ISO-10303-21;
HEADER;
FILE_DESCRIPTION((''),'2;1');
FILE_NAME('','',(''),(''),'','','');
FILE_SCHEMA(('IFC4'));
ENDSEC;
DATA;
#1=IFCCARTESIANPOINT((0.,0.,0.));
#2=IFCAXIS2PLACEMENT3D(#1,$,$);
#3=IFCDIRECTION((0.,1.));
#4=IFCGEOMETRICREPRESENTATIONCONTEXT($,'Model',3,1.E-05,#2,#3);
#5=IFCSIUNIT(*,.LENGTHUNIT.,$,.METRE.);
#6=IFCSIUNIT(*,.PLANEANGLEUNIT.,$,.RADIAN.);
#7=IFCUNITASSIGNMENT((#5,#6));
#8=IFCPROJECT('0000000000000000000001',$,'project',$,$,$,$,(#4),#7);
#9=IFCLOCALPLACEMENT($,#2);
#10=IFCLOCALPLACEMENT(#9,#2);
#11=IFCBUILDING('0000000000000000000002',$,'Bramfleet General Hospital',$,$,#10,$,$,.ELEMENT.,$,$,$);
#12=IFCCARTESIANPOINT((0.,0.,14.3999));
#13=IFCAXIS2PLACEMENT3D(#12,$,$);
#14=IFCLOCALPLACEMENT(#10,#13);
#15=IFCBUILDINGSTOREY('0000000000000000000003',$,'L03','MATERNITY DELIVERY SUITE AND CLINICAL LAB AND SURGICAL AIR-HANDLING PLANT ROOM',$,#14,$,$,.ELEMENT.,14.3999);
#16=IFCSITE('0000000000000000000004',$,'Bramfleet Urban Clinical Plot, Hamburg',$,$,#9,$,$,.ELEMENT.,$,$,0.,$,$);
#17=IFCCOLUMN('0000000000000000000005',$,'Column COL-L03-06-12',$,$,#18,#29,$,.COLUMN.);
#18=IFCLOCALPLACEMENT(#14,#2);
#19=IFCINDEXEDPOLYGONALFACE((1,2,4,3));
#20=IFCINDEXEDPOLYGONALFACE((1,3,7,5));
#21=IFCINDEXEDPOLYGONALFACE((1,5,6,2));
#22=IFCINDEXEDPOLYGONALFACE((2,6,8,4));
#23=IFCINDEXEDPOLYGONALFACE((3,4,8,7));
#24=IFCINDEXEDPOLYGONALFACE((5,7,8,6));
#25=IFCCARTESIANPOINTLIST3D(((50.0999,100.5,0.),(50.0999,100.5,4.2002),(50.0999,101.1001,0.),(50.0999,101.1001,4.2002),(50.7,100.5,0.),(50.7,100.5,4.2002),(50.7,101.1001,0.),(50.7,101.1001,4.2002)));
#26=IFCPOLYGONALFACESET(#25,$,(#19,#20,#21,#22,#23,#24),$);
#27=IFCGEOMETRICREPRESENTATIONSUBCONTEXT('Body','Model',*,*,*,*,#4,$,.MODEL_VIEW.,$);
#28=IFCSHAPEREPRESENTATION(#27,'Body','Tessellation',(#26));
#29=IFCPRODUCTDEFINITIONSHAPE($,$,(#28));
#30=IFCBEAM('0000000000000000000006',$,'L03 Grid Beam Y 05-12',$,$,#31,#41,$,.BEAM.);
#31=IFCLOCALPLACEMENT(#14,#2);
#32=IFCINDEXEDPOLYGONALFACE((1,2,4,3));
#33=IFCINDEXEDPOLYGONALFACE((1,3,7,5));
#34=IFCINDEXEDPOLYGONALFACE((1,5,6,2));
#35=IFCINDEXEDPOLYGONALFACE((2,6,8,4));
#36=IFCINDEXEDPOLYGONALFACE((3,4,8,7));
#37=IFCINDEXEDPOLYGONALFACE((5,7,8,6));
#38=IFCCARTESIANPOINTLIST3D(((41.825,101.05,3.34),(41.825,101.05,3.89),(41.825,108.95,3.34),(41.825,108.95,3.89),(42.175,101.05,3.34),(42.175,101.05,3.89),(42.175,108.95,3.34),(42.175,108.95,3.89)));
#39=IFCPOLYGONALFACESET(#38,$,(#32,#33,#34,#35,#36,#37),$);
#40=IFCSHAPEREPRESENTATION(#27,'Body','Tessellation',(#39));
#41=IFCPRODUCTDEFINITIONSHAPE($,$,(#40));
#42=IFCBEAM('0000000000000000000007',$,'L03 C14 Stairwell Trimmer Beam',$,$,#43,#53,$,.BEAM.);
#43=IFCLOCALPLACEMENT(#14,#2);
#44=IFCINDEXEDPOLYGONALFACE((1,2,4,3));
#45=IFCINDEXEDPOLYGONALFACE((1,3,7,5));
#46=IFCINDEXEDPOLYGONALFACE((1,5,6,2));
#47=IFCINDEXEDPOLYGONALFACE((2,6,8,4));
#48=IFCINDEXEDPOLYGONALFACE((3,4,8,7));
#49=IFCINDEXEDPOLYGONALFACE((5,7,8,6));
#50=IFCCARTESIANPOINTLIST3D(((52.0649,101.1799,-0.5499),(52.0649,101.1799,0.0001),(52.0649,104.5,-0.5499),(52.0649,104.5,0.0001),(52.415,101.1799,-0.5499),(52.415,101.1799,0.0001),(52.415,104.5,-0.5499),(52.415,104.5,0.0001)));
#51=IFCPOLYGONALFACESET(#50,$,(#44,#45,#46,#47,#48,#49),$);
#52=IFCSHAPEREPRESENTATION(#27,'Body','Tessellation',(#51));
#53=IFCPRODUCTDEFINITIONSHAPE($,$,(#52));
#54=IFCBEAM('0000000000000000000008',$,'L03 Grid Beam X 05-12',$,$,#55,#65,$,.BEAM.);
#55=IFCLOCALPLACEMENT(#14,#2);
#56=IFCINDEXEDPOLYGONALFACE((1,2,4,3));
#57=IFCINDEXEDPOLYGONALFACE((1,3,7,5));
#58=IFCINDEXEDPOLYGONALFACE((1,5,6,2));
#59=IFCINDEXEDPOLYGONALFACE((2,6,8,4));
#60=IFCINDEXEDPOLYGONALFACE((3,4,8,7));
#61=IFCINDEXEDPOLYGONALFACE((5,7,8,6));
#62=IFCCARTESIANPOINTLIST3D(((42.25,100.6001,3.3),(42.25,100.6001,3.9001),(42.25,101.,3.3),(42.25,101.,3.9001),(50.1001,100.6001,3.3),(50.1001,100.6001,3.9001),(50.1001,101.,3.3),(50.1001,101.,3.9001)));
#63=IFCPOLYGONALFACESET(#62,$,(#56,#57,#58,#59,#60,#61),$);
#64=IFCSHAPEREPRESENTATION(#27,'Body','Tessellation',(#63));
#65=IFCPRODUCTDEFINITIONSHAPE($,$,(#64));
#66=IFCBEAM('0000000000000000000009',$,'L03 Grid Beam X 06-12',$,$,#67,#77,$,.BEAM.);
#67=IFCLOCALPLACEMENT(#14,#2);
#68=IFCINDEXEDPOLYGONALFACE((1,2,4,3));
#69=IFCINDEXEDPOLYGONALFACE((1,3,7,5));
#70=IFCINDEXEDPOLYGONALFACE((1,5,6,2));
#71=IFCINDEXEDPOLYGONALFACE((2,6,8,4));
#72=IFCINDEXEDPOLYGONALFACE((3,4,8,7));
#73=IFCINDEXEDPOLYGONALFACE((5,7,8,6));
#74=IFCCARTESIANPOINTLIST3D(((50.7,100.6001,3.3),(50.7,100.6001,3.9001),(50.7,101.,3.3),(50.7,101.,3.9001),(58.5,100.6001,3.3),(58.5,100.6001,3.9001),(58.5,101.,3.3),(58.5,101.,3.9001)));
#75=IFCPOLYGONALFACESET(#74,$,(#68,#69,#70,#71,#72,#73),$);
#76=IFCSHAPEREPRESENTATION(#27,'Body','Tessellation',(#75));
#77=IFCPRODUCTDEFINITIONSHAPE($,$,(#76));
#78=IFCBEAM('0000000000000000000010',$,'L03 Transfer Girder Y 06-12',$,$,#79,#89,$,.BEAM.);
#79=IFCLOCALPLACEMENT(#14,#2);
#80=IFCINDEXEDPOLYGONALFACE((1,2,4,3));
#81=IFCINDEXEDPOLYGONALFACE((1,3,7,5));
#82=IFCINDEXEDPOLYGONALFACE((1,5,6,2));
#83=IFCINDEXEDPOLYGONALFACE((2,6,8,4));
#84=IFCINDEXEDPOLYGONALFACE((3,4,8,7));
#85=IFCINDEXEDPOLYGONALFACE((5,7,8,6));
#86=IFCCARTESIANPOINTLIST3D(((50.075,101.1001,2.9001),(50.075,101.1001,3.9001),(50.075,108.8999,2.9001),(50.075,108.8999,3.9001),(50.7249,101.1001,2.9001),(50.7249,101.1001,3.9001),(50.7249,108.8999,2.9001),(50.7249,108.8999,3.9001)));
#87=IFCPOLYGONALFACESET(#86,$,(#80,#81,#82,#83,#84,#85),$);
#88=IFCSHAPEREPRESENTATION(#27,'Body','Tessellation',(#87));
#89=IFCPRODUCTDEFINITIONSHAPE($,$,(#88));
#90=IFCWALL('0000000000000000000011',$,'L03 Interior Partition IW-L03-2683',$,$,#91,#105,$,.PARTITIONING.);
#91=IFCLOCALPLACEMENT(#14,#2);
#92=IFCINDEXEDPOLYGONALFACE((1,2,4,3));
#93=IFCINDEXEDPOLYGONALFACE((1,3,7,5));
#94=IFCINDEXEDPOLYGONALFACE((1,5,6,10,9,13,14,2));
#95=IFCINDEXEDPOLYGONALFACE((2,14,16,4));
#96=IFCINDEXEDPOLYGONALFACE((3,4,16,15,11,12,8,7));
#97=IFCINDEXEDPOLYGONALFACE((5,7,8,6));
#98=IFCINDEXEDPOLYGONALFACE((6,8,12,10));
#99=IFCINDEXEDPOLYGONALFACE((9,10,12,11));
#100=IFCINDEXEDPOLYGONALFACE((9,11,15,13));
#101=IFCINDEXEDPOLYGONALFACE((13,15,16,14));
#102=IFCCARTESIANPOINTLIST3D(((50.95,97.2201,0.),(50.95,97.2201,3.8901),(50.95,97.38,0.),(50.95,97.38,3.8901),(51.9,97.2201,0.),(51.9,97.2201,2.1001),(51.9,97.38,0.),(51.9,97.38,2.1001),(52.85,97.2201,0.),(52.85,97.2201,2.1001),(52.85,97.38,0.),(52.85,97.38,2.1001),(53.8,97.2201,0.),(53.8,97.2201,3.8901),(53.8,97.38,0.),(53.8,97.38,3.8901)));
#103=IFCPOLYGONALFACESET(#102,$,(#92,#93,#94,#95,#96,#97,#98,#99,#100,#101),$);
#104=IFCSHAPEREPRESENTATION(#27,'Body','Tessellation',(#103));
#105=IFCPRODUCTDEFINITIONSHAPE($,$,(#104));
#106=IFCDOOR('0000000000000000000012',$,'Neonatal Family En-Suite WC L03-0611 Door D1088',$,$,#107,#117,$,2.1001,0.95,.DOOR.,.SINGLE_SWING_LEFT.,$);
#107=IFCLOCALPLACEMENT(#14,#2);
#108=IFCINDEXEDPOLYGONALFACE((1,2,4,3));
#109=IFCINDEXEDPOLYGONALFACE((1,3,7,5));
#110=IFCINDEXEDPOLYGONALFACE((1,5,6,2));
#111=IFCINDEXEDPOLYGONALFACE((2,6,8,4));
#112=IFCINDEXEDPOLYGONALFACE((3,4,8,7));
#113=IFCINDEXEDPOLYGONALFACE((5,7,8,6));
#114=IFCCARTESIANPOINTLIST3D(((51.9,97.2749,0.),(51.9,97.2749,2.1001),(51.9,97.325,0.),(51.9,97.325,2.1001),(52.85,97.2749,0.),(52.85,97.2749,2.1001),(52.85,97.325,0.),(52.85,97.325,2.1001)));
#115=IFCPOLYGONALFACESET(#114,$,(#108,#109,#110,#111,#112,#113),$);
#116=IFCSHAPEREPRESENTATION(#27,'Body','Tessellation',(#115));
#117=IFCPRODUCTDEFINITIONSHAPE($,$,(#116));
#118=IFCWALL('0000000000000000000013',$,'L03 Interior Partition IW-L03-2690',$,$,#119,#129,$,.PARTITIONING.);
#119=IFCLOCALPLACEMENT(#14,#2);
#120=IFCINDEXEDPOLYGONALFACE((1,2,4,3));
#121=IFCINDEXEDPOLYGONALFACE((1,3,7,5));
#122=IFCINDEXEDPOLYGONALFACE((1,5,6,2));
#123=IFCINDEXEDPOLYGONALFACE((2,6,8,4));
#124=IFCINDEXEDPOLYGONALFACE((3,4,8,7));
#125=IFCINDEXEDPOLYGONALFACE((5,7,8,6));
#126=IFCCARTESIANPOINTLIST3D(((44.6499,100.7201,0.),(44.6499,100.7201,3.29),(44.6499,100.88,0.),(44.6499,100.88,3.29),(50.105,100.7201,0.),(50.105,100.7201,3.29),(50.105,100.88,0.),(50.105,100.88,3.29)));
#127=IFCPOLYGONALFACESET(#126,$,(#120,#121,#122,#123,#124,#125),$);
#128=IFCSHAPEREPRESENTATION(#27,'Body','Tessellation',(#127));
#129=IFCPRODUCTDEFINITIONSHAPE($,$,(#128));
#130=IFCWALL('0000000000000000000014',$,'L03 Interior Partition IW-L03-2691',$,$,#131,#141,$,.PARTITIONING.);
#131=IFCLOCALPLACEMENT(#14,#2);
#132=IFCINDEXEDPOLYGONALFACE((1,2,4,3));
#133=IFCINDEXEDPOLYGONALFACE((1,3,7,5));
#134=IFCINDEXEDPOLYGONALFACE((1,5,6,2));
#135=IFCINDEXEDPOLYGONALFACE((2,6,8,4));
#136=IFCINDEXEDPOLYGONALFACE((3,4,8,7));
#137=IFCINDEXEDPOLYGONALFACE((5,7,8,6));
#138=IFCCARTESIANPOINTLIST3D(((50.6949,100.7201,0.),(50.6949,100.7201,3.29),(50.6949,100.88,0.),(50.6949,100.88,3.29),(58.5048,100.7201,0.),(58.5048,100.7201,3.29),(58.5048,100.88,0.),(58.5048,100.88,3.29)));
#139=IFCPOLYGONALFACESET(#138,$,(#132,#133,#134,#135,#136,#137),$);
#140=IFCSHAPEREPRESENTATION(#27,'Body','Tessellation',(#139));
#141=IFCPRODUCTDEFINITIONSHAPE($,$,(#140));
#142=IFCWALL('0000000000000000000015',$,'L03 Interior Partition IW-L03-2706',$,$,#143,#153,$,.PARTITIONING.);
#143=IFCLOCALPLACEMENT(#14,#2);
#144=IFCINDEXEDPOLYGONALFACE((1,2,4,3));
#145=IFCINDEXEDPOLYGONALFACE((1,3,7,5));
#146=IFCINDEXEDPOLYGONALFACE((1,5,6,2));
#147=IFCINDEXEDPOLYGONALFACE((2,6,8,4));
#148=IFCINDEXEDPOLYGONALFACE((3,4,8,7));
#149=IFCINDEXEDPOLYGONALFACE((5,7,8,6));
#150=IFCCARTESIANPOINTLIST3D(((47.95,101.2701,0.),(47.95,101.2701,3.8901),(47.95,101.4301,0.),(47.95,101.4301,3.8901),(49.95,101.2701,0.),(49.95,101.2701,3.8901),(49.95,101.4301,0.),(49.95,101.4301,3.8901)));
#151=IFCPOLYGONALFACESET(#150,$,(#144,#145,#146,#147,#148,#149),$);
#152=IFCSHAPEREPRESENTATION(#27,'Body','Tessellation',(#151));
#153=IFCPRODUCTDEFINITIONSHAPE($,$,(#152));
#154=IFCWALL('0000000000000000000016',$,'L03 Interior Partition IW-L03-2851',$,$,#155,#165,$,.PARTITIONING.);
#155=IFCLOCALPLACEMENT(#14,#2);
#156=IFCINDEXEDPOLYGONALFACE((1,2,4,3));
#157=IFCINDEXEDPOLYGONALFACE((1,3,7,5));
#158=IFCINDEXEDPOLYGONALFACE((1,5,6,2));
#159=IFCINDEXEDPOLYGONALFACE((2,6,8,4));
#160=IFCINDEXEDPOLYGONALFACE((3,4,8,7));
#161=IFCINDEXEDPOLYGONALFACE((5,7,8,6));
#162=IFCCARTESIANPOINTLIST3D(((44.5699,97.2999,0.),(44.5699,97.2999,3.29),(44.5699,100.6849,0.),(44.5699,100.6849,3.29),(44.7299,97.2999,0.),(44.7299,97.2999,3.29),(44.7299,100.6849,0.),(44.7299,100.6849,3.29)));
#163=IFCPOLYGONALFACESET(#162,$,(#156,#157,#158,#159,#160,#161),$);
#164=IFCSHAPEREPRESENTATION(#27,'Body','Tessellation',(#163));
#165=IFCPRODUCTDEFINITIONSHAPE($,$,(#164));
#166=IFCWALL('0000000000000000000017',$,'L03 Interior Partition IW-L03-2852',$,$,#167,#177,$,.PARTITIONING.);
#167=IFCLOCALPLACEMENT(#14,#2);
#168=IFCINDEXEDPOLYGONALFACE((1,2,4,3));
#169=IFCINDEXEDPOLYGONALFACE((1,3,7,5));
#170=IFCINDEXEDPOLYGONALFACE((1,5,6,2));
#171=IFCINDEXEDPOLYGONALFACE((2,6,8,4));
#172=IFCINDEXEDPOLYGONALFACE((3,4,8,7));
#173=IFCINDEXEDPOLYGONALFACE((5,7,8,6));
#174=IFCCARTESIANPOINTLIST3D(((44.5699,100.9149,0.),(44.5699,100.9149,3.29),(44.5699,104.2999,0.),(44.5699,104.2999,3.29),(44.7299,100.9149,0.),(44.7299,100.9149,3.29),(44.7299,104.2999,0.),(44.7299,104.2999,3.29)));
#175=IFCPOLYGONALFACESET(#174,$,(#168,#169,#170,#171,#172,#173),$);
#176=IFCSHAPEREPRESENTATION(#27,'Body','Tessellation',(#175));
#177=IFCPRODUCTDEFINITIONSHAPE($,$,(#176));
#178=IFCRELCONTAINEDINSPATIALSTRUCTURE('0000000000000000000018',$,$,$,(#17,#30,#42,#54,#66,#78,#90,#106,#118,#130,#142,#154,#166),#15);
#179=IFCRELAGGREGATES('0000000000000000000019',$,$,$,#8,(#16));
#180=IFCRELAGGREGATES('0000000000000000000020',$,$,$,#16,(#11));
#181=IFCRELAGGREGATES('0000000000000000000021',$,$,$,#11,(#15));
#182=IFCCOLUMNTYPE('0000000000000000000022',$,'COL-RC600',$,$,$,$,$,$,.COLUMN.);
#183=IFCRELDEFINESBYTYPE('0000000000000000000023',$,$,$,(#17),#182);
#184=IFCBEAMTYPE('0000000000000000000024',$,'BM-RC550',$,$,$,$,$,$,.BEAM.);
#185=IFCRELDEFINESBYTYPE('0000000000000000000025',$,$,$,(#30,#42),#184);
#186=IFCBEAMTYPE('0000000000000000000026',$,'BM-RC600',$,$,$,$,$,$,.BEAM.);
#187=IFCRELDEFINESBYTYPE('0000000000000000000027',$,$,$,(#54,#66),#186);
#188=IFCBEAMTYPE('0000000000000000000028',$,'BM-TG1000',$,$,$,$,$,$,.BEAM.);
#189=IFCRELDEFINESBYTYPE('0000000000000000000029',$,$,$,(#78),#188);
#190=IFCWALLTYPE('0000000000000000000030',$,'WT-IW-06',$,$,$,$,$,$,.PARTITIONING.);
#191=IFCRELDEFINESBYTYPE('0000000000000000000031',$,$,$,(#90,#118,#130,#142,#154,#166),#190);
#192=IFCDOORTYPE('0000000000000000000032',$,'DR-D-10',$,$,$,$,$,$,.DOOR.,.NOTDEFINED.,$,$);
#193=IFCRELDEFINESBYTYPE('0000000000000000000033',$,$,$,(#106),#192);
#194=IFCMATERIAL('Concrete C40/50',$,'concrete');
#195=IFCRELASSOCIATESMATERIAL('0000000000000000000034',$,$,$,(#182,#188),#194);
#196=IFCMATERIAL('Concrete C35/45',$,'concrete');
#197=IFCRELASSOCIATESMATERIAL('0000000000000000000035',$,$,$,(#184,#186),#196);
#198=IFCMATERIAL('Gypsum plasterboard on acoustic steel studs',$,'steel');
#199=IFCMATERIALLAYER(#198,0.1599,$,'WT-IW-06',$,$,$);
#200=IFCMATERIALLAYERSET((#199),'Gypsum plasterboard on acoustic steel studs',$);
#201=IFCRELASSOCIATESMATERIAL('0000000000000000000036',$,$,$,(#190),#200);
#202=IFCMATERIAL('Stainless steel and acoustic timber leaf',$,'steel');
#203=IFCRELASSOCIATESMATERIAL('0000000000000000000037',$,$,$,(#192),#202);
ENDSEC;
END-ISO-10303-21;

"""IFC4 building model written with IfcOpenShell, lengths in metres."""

from ifc_helpers import new_model, si_unit, direction, frame, frame_2d, origin, origin_2d, place, context, subcontext, project, spatial, rectangle, extrude, material, layer, layer_set, material_profile, profile_set, type_object, element, fill, save


model = new_model("IFC4")

# Units and contexts
model_context = context("Model", 3, precision=1e-05, world=origin(), true_north=direction((0.0, 1.0)))
body_context = subcontext(model_context, "Body", "Model", "MODEL_VIEW")
ifc_project = project(units=[si_unit("LENGTHUNIT", "METRE"), si_unit("PLANEANGLEUNIT", "RADIAN")], contexts=[model_context])

# Site, building, storey
site_placement = place(None, origin())
site = spatial("IfcSite", under=ifc_project, at=site_placement, Name="Bramfleet Urban Clinical Plot, Hamburg", CompositionType="ELEMENT", RefElevation=0.0)
building_placement = place(site_placement, origin())
building = spatial("IfcBuilding", under=site, at=building_placement, Name="Bramfleet General Hospital", CompositionType="ELEMENT")
storey_placement = place(building_placement, frame((0.0, 0.0, 14.3999)))
storey = spatial("IfcBuildingStorey", under=building, at=storey_placement, Name="L03", Description="MATERNITY DELIVERY SUITE AND CLINICAL LAB AND SURGICAL AIR-HANDLING PLANT ROOM", CompositionType="ELEMENT", Elevation=14.3999)

# Column
ifc_material_1 = material(Name="Concrete C40/50", Category="concrete")
ifc_material_profile_1 = material_profile(ifc_material_1, rectangle(XDim=0.6001, YDim=0.6001, at=origin_2d()), Name="RC COL 600x600")
ifc_profile_set_1 = profile_set([ifc_material_profile_1], Name="Concrete C40/50")
column_type = type_object("IfcColumnType", Name="COL-RC600", PredefinedType="COLUMN", material=ifc_profile_set_1)
column_placement = place(storey_placement, frame((50.3999, 100.8, 0.0), z_axis=(0.0, 0.0, 1.0), x_axis=(1.0, 0.0, 0.0)))
element("IfcColumn", 1, at=column_placement, inside=storey, type_object=column_type, Name="Column COL-L03-06-12", PredefinedType="COLUMN", context=body_context, shape_type="SweptSolid", body=[
    extrude(rectangle(XDim=0.6001, YDim=0.6001, at=origin_2d()), origin(), (0.0, 0.0, 1.0), 4.2002),
])

# Beams
ifc_material_2 = material(Name="Concrete C35/45", Category="concrete")
ifc_material_profile_2 = material_profile(ifc_material_2, rectangle(XDim=0.3501, YDim=0.55, at=origin_2d()), Name="RC BM 550x350")
ifc_profile_set_2 = profile_set([ifc_material_profile_2], Name="Concrete C35/45")
beam_type_1 = type_object("IfcBeamType", Name="BM-RC550", PredefinedType="BEAM", material=ifc_profile_set_2)
beam_1_placement = place(storey_placement, frame((42.0, 101.05, 3.615), z_axis=(0.0, 1.0, 0.0), x_axis=(-1.0, 0.0, 0.0)))
element("IfcBeam", 2, at=beam_1_placement, inside=storey, type_object=beam_type_1, Name="L03 Grid Beam Y 05-12", PredefinedType="BEAM", context=body_context, shape_type="SweptSolid", body=[
    extrude(rectangle(XDim=0.3501, YDim=0.55, at=origin_2d()), origin(), (0.0, 0.0, 1.0), 7.8999),
])
beam_2_placement = place(storey_placement, frame((52.24, 101.1799, -0.2749), z_axis=(0.0, 1.0, 0.0), x_axis=(-1.0, 0.0, 0.0)))
element("IfcBeam", 3, at=beam_2_placement, inside=storey, type_object=beam_type_1, Name="L03 C14 Stairwell Trimmer Beam", PredefinedType="BEAM", context=body_context, shape_type="SweptSolid", body=[
    extrude(rectangle(XDim=0.3501, YDim=0.55, at=origin_2d()), origin(), (0.0, 0.0, 1.0), 3.3201),
])
ifc_material_profile_3 = material_profile(ifc_material_2, rectangle(XDim=0.3999, YDim=0.6001, at=origin_2d()), Name="RC BM 600x400")
ifc_profile_set_3 = profile_set([ifc_material_profile_3], Name="Concrete C35/45")
beam_type_2 = type_object("IfcBeamType", Name="BM-RC600", PredefinedType="BEAM", material=ifc_profile_set_3)
beam_3_placement = place(storey_placement, frame((42.25, 100.8, 3.6001), z_axis=(1.0, 0.0, 0.0), x_axis=(0.0, 1.0, 0.0)))
element("IfcBeam", 4, at=beam_3_placement, inside=storey, type_object=beam_type_2, Name="L03 Grid Beam X 05-12", PredefinedType="BEAM", context=body_context, shape_type="SweptSolid", body=[
    extrude(rectangle(XDim=0.3999, YDim=0.6001, at=origin_2d()), origin(), (0.0, 0.0, 1.0), 7.8501),
])
beam_4_placement = place(storey_placement, frame((50.7, 100.8, 3.6001), z_axis=(1.0, 0.0, 0.0), x_axis=(0.0, 1.0, 0.0)))
element("IfcBeam", 5, at=beam_4_placement, inside=storey, type_object=beam_type_2, Name="L03 Grid Beam X 06-12", PredefinedType="BEAM", context=body_context, shape_type="SweptSolid", body=[
    extrude(rectangle(XDim=0.3999, YDim=0.6001, at=origin_2d()), origin(), (0.0, 0.0, 1.0), 7.8),
])
ifc_material_profile_4 = material_profile(ifc_material_1, rectangle(XDim=0.6499, YDim=1.0, at=origin_2d()), Name="RC TG 1000x650")
ifc_profile_set_4 = profile_set([ifc_material_profile_4], Name="Concrete C40/50")
beam_type_3 = type_object("IfcBeamType", Name="BM-TG1000", PredefinedType="BEAM", material=ifc_profile_set_4)
beam_5_placement = place(storey_placement, frame((50.3999, 101.1001, 3.4001), z_axis=(0.0, 1.0, 0.0), x_axis=(-1.0, 0.0, 0.0)))
element("IfcBeam", 6, at=beam_5_placement, inside=storey, type_object=beam_type_3, Name="L03 Transfer Girder Y 06-12", PredefinedType="BEAM", context=body_context, shape_type="SweptSolid", body=[
    extrude(rectangle(XDim=0.6499, YDim=1.0, at=origin_2d()), origin(), (0.0, 0.0, 1.0), 7.7998),
])

# Wall, opening, door
ifc_material_3 = material(Name="Gypsum plasterboard on acoustic steel studs", Category="steel")
ifc_layer_1 = layer(ifc_material_3, 0.1599, Name="WT-IW-06")
ifc_layer_set_1 = layer_set([ifc_layer_1], Name="Gypsum plasterboard on acoustic steel studs")
wall_type_1 = type_object("IfcWallType", Name="WT-IW-06", PredefinedType="PARTITIONING", material=ifc_layer_set_1)
wall_1_placement = place(storey_placement, frame((50.95, 97.3, 0.0), z_axis=(0.0, 0.0, 1.0), x_axis=(1.0, 0.0, 0.0)))
wall_1 = element("IfcWall", 7, at=wall_1_placement, inside=storey, type_object=wall_type_1, Name="L03 Interior Partition IW-L03-2683", PredefinedType="PARTITIONING", context=body_context, shape_type="SweptSolid", body=[
    extrude(rectangle(XDim=2.8501, YDim=0.1599, at=frame_2d((1.425, 0.0))), origin(), (0.0, 0.0, 1.0), 3.8901),
])
opening_placement = place(wall_1_placement, frame((0.95, 0.0, 0.0)))
opening = element("IfcOpeningElement", 8, at=opening_placement, cuts=wall_1, PredefinedType="OPENING", context=body_context, shape_type="SweptSolid", body=[
    extrude(rectangle(XDim=0.95, YDim=2.1001, at=frame_2d((0.4751, 1.05))), frame((0.0, 0.0898, 0.0), z_axis=(0.0, -1.0, 0.0), x_axis=(1.0, 0.0, 0.0)), (0.0, 0.0, 1.0), 0.1799),
])
ifc_material_4 = material(Name="Stainless steel and acoustic timber leaf", Category="steel")
door_type = type_object("IfcDoorType", Name="DR-D-10", OperationType="NOTDEFINED", PredefinedType="DOOR", material=ifc_material_4)
door_placement = place(opening_placement, origin())
door = element("IfcDoor", 9, at=door_placement, inside=storey, type_object=door_type, Name="Neonatal Family En-Suite WC L03-0611 Door D1088", OperationType="SINGLE_SWING_LEFT", OverallHeight=2.1001, OverallWidth=0.95, PredefinedType="DOOR", context=body_context, shape_type="SweptSolid", body=[
    extrude(rectangle(XDim=0.95, YDim=2.1001, at=frame_2d((0.4751, 1.05))), frame((0.0, 0.0249, 0.0), z_axis=(0.0, -1.0, 0.0), x_axis=(1.0, 0.0, 0.0)), (0.0, 0.0, 1.0), 0.05),
])
fill(opening, door)

# Walls
wall_2_placement = place(storey_placement, frame((44.6499, 100.8, 0.0), z_axis=(0.0, 0.0, 1.0), x_axis=(1.0, 0.0, 0.0)))
element("IfcWall", 10, at=wall_2_placement, inside=storey, type_object=wall_type_1, Name="L03 Interior Partition IW-L03-2690", PredefinedType="PARTITIONING", context=body_context, shape_type="SweptSolid", body=[
    extrude(rectangle(XDim=5.4551, YDim=0.1599, at=frame_2d((2.7275, 0.0))), origin(), (0.0, 0.0, 1.0), 3.29),
])
wall_3_placement = place(storey_placement, frame((50.6951, 100.8, 0.0), z_axis=(0.0, 0.0, 1.0), x_axis=(1.0, 0.0, 0.0)))
element("IfcWall", 11, at=wall_3_placement, inside=storey, type_object=wall_type_1, Name="L03 Interior Partition IW-L03-2691", PredefinedType="PARTITIONING", context=body_context, shape_type="SweptSolid", body=[
    extrude(rectangle(XDim=7.8098, YDim=0.1599, at=frame_2d((3.9048, 0.0))), origin(), (0.0, 0.0, 1.0), 3.29),
])
wall_4_placement = place(storey_placement, frame((47.95, 101.3501, 0.0), z_axis=(0.0, 0.0, 1.0), x_axis=(1.0, 0.0, 0.0)))
element("IfcWall", 12, at=wall_4_placement, inside=storey, type_object=wall_type_1, Name="L03 Interior Partition IW-L03-2706", PredefinedType="PARTITIONING", context=body_context, shape_type="SweptSolid", body=[
    extrude(rectangle(XDim=2.0, YDim=0.1599, at=frame_2d((1.0, 0.0))), origin(), (0.0, 0.0, 1.0), 3.8901),
])
for number, where, z_axis, x_axis, name in (
    (13, (44.6499, 97.3, 0.0), (0.0, 0.0, 1.0), (0.0, 1.0, 0.0), "L03 Interior Partition IW-L03-2851"),
    (14, (44.6499, 100.915, 0.0), (0.0, 0.0, 1.0), (0.0, 1.0, 0.0), "L03 Interior Partition IW-L03-2852"),
):
    element("IfcWall", number, at=place(storey_placement, frame(where, z_axis=z_axis, x_axis=x_axis)), inside=storey, type_object=wall_type_1, Name=name, PredefinedType="PARTITIONING", context=body_context, shape_type="SweptSolid", body=[
        extrude(rectangle(XDim=3.385, YDim=0.1599, at=frame_2d((1.6924, 0.0))), origin(), (0.0, 0.0, 1.0), 3.29),
    ])

save(model, "model.ifc")
